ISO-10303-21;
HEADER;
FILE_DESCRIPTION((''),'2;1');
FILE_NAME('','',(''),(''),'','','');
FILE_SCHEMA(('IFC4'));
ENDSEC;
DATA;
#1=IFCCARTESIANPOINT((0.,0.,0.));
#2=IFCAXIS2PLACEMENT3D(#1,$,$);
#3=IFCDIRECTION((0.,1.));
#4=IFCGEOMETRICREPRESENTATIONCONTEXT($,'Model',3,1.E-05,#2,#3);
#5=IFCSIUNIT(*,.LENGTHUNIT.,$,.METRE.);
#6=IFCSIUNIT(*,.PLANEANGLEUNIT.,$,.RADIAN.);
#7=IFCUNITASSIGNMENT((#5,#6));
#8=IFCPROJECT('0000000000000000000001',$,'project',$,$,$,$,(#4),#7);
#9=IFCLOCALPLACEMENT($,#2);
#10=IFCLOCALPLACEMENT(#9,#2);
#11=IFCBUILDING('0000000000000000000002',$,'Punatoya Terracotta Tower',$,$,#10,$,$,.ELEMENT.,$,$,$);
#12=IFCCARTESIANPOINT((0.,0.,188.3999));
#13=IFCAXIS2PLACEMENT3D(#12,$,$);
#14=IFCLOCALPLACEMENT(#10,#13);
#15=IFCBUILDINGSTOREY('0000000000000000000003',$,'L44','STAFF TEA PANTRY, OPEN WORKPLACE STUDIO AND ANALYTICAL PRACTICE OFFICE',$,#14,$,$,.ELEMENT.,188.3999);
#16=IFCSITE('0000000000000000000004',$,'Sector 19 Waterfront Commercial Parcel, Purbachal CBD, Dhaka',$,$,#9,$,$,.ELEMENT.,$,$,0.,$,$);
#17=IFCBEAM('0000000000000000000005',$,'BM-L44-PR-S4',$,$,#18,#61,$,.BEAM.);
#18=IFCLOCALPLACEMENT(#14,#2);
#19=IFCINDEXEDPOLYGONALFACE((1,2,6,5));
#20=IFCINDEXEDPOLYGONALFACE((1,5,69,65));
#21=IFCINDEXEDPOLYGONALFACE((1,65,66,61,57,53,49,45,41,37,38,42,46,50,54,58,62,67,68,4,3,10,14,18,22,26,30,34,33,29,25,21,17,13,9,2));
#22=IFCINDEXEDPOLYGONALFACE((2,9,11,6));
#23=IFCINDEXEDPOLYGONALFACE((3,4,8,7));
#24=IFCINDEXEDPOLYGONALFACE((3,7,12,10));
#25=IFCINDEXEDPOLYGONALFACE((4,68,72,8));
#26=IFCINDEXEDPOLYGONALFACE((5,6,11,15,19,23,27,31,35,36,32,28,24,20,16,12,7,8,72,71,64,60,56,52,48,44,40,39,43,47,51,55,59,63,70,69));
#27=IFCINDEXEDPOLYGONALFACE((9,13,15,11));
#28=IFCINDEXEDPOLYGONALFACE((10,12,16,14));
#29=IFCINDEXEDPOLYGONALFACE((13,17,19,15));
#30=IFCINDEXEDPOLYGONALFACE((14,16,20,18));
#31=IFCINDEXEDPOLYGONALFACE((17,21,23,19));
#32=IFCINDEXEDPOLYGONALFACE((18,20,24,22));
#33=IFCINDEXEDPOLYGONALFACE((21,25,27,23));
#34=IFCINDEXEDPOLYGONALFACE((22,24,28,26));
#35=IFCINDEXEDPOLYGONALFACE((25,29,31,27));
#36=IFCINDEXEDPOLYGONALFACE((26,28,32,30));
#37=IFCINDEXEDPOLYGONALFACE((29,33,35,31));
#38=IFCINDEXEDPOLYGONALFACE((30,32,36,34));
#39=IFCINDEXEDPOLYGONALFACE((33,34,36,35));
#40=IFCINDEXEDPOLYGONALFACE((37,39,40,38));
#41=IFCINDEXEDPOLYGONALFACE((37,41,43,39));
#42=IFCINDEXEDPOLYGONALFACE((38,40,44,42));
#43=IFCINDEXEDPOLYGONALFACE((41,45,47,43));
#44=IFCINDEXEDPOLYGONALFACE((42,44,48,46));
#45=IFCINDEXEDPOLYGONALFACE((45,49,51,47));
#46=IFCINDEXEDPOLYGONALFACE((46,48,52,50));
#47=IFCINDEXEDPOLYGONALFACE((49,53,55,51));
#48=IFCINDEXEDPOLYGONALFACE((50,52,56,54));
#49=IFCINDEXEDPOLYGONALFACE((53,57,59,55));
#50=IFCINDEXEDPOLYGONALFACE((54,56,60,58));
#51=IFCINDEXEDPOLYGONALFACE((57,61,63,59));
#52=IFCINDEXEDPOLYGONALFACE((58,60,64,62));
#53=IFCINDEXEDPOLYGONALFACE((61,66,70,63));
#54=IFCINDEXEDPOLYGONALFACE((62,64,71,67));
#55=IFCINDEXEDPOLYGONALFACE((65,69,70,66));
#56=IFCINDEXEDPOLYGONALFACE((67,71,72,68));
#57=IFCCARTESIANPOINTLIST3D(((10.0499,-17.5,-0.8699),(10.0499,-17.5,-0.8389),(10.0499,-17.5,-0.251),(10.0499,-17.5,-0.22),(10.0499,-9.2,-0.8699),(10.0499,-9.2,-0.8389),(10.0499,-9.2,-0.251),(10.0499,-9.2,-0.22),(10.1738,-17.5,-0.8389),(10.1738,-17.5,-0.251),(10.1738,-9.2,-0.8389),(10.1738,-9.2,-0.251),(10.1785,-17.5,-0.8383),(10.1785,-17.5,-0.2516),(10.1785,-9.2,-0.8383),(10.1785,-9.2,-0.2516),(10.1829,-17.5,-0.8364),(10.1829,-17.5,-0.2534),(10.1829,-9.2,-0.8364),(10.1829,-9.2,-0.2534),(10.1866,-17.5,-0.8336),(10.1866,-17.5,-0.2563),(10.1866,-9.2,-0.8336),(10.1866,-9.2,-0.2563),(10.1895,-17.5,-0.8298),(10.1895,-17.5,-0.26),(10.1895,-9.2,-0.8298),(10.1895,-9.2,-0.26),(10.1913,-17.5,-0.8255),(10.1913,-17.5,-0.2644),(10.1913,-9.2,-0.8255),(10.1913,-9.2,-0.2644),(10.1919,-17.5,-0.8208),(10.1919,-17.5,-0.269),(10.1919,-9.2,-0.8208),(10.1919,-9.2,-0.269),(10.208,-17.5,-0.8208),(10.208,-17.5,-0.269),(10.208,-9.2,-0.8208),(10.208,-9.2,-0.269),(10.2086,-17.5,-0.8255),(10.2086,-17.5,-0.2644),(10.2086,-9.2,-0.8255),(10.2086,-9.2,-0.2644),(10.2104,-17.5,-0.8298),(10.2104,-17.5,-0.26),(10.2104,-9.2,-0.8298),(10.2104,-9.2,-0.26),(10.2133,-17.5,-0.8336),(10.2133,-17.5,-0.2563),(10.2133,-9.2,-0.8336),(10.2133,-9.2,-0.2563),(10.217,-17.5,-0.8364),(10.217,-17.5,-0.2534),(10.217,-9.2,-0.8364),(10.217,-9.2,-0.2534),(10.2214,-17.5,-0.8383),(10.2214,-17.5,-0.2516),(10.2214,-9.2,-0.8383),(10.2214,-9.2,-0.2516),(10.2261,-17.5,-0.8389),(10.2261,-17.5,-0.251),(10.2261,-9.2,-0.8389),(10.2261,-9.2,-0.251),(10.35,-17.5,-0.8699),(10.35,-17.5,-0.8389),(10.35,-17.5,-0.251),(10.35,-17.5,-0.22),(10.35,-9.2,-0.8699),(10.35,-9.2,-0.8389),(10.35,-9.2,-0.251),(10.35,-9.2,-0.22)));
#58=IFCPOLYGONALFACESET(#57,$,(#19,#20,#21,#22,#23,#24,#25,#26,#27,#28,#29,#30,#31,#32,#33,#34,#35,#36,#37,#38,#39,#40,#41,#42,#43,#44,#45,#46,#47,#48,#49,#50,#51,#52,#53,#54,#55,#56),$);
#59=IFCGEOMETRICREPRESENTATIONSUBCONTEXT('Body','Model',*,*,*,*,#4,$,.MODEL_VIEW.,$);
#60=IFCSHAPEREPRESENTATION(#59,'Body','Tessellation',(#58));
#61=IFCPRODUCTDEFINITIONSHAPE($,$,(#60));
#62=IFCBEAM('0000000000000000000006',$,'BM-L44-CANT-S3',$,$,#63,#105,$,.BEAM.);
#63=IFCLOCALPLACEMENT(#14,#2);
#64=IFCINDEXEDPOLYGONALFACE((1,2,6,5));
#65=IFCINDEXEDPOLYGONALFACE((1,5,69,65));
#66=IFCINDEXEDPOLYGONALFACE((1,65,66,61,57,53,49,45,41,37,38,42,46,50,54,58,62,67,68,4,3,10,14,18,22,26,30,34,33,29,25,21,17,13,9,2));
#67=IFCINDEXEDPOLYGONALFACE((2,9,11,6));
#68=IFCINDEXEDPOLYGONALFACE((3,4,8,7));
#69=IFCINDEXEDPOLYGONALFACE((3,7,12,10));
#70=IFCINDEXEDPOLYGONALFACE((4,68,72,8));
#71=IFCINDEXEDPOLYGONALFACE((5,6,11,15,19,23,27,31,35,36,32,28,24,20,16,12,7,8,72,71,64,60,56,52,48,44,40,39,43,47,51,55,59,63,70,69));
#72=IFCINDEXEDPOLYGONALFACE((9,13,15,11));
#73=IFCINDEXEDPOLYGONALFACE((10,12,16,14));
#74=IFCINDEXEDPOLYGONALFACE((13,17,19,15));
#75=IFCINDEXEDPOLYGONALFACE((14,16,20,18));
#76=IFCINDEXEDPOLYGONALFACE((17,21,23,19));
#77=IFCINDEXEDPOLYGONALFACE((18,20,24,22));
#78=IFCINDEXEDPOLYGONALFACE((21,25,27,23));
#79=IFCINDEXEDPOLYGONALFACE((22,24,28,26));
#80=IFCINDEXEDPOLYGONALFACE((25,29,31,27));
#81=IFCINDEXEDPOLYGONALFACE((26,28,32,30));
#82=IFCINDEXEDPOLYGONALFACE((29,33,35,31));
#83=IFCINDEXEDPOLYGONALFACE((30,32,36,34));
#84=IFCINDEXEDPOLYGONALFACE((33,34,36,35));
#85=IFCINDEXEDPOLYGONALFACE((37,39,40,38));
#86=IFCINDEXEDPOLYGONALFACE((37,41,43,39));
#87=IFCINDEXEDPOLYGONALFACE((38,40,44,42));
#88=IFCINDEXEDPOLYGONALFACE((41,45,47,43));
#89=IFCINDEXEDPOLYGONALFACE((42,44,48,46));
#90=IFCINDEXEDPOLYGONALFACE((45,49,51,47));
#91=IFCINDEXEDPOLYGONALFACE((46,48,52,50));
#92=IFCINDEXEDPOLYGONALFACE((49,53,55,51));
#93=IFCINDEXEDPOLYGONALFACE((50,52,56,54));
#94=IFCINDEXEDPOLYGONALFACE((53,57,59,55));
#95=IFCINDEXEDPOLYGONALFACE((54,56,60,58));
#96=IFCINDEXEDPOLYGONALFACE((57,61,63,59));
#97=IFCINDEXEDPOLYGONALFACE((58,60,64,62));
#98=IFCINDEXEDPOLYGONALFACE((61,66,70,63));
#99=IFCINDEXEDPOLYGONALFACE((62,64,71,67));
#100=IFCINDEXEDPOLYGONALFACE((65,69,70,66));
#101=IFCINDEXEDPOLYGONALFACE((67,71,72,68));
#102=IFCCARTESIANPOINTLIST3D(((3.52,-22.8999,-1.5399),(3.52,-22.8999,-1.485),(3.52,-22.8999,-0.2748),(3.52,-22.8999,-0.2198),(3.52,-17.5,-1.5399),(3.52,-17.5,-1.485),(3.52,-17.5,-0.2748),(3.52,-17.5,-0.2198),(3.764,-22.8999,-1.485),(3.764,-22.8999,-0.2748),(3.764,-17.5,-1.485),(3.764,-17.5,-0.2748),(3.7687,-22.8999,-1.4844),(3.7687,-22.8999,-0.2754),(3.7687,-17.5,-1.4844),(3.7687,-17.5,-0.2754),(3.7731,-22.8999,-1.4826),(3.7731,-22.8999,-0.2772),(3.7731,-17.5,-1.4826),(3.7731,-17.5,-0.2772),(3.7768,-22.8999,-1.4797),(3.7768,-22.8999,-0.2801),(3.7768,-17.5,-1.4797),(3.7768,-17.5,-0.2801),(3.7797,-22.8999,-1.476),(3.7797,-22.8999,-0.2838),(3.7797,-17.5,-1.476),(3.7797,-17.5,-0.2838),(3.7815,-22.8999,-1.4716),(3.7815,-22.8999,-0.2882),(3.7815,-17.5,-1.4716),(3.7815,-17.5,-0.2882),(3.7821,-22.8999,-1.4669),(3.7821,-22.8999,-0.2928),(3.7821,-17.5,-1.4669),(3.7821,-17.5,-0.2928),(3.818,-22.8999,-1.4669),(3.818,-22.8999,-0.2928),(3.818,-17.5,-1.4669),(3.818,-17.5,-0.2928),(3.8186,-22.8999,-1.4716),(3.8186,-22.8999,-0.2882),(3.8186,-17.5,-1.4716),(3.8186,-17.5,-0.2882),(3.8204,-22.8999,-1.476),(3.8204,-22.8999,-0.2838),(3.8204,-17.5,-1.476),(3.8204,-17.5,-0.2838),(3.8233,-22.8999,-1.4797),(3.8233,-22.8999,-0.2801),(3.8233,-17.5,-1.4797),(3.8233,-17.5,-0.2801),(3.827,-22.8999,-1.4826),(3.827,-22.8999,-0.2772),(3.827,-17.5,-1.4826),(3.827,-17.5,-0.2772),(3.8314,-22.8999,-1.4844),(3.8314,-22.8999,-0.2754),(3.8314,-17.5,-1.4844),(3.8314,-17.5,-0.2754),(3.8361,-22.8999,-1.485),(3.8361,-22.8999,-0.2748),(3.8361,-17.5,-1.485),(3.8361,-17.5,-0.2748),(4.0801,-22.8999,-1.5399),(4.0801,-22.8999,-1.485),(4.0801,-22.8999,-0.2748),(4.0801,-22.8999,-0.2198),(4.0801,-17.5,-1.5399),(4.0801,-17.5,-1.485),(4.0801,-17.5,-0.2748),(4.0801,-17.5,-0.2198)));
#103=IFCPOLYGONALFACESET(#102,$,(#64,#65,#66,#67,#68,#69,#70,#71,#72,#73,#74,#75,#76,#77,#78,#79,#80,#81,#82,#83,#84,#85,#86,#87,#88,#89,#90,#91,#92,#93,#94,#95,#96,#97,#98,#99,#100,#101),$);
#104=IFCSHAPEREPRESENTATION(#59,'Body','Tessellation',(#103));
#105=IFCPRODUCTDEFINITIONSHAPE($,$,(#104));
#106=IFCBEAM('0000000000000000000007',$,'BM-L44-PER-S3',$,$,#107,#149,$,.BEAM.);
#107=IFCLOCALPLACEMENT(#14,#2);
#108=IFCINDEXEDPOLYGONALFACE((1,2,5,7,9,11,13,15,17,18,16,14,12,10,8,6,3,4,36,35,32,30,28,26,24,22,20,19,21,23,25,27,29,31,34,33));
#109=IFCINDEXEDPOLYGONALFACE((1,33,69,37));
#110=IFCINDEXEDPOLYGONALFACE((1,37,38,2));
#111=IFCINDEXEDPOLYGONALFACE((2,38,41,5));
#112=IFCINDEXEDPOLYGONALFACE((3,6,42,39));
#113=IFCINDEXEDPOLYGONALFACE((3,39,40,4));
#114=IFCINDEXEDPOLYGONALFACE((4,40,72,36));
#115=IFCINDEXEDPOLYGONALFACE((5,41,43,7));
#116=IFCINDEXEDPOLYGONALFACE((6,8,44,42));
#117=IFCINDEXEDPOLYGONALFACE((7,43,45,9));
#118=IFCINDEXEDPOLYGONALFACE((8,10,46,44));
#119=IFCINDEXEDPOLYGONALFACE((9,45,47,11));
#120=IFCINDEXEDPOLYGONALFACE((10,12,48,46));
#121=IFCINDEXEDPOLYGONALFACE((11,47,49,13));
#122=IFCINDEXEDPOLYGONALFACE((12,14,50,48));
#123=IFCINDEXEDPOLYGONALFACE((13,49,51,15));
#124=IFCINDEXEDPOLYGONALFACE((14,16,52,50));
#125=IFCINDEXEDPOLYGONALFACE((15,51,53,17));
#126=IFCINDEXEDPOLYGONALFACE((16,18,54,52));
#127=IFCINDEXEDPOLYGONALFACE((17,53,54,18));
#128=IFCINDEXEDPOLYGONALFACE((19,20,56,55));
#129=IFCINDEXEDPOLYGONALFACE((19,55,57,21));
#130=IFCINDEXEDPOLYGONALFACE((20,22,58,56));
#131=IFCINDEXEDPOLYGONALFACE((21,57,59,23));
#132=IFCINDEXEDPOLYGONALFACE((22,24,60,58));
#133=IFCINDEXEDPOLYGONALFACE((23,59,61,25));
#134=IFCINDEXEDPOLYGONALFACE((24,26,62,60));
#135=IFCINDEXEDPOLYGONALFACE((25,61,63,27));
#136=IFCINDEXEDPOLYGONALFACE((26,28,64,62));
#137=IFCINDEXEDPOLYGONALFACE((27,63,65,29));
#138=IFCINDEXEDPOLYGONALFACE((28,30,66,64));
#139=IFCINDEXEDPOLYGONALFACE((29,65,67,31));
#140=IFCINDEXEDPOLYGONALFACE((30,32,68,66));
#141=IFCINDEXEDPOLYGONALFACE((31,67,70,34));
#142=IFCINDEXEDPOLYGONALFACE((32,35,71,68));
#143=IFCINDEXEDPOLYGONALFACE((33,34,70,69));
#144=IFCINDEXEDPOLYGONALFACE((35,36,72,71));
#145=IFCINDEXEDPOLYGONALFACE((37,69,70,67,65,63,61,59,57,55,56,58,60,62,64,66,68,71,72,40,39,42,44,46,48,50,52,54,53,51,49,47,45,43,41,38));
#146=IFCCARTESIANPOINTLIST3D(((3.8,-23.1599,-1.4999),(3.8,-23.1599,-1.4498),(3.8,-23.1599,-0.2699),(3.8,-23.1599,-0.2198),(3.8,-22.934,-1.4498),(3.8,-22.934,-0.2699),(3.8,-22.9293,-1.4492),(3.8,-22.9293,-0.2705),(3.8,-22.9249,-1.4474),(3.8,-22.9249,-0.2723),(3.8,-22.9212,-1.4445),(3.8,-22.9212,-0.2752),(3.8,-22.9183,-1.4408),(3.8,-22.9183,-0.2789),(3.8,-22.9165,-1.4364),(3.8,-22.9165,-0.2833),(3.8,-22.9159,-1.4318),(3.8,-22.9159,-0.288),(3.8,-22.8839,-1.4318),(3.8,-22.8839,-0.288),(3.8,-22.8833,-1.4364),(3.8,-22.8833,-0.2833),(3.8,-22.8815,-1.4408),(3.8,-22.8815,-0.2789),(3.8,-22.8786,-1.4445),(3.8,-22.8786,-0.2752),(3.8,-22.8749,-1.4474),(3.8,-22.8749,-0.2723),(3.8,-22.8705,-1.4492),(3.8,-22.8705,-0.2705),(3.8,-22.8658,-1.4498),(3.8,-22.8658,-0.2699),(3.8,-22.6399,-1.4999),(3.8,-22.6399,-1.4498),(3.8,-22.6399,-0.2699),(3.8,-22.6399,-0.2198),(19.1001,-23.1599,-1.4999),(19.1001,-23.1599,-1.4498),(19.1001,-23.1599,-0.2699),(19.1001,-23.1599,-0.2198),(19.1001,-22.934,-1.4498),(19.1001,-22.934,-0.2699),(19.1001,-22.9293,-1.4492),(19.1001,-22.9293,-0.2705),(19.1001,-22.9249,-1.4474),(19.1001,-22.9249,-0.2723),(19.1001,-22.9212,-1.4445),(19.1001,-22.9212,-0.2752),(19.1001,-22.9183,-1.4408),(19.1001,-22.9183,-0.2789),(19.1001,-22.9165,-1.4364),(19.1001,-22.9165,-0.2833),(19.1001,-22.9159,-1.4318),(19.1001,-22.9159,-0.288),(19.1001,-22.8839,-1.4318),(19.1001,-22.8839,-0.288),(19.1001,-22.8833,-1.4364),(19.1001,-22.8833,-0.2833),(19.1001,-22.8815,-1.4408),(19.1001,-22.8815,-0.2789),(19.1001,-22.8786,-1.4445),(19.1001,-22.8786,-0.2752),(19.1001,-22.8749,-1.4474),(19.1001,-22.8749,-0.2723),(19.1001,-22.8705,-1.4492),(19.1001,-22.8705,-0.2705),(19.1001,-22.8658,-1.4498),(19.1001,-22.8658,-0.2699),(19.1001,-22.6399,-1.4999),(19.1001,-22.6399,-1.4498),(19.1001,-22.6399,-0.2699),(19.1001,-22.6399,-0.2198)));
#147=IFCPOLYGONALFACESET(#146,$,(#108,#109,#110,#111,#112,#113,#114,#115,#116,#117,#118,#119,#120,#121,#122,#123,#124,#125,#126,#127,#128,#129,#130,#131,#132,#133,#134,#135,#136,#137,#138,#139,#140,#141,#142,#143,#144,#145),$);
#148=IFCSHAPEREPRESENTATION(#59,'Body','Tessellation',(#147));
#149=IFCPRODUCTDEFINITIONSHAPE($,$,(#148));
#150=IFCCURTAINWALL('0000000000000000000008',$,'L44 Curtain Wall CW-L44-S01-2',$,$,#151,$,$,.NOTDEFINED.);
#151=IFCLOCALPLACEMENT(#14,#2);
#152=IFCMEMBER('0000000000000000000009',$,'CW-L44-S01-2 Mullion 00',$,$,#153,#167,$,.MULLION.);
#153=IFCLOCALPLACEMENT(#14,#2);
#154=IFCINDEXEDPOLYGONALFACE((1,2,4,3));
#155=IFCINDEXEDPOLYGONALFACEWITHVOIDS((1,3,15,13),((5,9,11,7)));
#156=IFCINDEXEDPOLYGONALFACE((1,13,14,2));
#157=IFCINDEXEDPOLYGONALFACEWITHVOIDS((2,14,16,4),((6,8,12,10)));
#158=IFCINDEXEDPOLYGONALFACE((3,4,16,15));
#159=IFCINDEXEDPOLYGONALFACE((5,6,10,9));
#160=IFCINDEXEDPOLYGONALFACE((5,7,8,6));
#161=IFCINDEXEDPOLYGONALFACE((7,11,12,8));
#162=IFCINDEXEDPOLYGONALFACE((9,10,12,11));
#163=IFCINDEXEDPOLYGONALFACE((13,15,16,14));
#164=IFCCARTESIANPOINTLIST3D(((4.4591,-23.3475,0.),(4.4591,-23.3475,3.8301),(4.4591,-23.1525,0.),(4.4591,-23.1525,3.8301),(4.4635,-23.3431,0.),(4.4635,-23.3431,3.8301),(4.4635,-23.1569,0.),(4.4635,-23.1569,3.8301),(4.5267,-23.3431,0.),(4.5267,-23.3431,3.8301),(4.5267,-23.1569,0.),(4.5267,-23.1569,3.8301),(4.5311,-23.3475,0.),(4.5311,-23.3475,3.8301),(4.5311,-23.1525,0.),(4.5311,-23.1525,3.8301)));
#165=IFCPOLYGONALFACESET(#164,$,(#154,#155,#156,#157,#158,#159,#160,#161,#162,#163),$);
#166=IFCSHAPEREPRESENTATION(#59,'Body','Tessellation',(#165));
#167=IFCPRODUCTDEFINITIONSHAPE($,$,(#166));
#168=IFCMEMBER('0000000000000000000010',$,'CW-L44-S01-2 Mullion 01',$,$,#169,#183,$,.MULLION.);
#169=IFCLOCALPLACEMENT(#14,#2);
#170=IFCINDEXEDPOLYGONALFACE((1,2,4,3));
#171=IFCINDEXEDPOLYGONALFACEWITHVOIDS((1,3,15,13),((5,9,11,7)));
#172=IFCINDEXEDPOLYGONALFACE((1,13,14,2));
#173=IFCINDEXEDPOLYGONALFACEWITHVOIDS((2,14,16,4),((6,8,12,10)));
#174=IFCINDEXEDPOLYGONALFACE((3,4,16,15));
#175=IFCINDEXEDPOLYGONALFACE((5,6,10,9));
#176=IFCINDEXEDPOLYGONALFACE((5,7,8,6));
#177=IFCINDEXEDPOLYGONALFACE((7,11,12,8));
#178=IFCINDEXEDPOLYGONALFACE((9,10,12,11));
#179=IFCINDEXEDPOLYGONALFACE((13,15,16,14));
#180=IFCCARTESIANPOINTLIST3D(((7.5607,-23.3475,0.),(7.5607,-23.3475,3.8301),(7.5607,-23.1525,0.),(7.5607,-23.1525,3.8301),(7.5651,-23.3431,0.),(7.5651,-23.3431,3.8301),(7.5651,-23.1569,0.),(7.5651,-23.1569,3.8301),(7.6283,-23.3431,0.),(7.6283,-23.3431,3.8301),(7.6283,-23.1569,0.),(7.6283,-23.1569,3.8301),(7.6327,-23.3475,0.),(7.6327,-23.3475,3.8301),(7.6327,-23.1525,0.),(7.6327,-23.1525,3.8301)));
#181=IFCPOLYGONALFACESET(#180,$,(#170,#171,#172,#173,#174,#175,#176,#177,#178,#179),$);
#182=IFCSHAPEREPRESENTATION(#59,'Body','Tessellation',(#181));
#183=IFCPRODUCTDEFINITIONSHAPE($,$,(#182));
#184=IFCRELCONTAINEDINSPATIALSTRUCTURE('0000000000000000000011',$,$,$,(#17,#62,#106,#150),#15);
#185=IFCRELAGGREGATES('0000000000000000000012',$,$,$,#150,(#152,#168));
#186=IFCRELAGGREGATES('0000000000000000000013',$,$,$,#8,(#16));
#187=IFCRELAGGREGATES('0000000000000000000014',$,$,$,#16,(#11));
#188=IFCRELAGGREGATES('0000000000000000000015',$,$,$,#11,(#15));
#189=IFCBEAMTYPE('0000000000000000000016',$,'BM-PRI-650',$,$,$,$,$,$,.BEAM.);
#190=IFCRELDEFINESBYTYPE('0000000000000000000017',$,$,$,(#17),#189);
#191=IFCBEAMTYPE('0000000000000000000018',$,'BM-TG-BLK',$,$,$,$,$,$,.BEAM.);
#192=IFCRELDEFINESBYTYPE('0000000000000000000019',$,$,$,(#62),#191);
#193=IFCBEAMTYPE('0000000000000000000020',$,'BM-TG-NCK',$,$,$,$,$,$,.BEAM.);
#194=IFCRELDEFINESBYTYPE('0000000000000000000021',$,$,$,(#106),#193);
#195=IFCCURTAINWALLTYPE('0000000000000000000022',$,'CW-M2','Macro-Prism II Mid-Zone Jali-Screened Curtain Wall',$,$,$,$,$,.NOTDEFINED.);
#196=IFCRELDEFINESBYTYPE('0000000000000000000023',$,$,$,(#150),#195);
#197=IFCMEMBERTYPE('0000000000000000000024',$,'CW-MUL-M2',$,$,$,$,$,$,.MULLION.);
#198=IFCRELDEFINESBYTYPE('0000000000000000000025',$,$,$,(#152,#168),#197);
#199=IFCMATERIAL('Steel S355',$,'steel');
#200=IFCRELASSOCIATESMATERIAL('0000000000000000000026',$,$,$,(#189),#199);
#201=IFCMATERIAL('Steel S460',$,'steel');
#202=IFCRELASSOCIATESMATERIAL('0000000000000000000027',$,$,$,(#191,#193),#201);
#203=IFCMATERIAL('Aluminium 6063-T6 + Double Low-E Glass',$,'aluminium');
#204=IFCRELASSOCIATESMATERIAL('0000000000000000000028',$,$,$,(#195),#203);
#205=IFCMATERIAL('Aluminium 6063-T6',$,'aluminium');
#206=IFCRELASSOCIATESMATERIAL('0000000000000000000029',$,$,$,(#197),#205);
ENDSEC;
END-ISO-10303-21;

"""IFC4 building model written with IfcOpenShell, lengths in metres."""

from ifc_helpers import new_model, si_unit, direction, frame, origin, origin_2d, place, context, subcontext, project, spatial, hollow_rectangle, i_section, extrude, material, material_profile, profile_set, type_object, element, aggregate, save


model = new_model("IFC4")

# Units and contexts
model_context = context("Model", 3, precision=1e-05, world=origin(), true_north=direction((0.0, 1.0)))
body_context = subcontext(model_context, "Body", "Model", "MODEL_VIEW")
ifc_project = project(units=[si_unit("LENGTHUNIT", "METRE"), si_unit("PLANEANGLEUNIT", "RADIAN")], contexts=[model_context])

# Site, building, storey
site_placement = place(None, origin())
site = spatial("IfcSite", under=ifc_project, at=site_placement, Name="Sector 19 Waterfront Commercial Parcel, Purbachal CBD, Dhaka", CompositionType="ELEMENT", RefElevation=0.0)
building_placement = place(site_placement, origin())
building = spatial("IfcBuilding", under=site, at=building_placement, Name="Punatoya Terracotta Tower", CompositionType="ELEMENT")
storey_placement = place(building_placement, frame((0.0, 0.0, 188.3999)))
storey = spatial("IfcBuildingStorey", under=building, at=storey_placement, Name="L44", Description="STAFF TEA PANTRY, OPEN WORKPLACE STUDIO AND ANALYTICAL PRACTICE OFFICE", CompositionType="ELEMENT", Elevation=188.3999)

# Shared definitions
ifc_material_1 = material(Name="Steel S460", Category="steel")

# Beams
ifc_material_2 = material(Name="Steel S355", Category="steel")
ifc_material_profile_1 = material_profile(ifc_material_2, i_section(OverallWidth=0.3, OverallDepth=0.6499, WebThickness=0.0161, FlangeThickness=0.031, FilletRadius=0.0181, at=origin_2d()))
ifc_profile_set_1 = profile_set([ifc_material_profile_1], Name="Steel S355")
beam_type_1 = type_object("IfcBeamType", Name="BM-PRI-650", PredefinedType="BEAM", material=ifc_profile_set_1)
for number, where, z_axis, x_axis, name in (
    (1, (10.2, -17.5, -0.5449), (0.0, 1.0, 0.0), (-1.0, 0.0, 0.0), "BM-L44-PR-S4"),
):
    element("IfcBeam", number, at=place(storey_placement, frame(where, z_axis=z_axis, x_axis=x_axis)), inside=storey, type_object=beam_type_1, Name=name, PredefinedType="BEAM", context=body_context, shape_type="SweptSolid", body=[
        extrude(i_section(OverallWidth=0.3, OverallDepth=0.6499, WebThickness=0.0161, FlangeThickness=0.031, FilletRadius=0.0181, at=origin_2d()), origin(), (0.0, 0.0, 1.0), 8.3),
    ])
ifc_material_profile_2 = material_profile(ifc_material_1, i_section(OverallWidth=0.5601, OverallDepth=1.3201, WebThickness=0.0359, FlangeThickness=0.0549, FilletRadius=0.0181, at=origin_2d()))
ifc_profile_set_2 = profile_set([ifc_material_profile_2], Name="Steel S460")
beam_type_2 = type_object("IfcBeamType", Name="BM-TG-BLK", PredefinedType="BEAM", material=ifc_profile_set_2)
beam_1_placement = place(storey_placement, frame((3.8, -22.8999, -0.8799), z_axis=(0.0, 1.0, 0.0), x_axis=(-1.0, 0.0, 0.0)))
element("IfcBeam", 2, at=beam_1_placement, inside=storey, type_object=beam_type_2, Name="BM-L44-CANT-S3", PredefinedType="BEAM", context=body_context, shape_type="SweptSolid", body=[
    extrude(i_section(OverallWidth=0.5601, OverallDepth=1.3201, WebThickness=0.0359, FlangeThickness=0.0549, FilletRadius=0.0181, at=origin_2d()), origin(), (0.0, 0.0, 1.0), 5.3999),
])
ifc_material_profile_3 = material_profile(ifc_material_1, i_section(OverallWidth=0.52, OverallDepth=1.28, WebThickness=0.032, FlangeThickness=0.05, FilletRadius=0.0181, at=origin_2d()))
ifc_profile_set_3 = profile_set([ifc_material_profile_3], Name="Steel S460")
beam_type_3 = type_object("IfcBeamType", Name="BM-TG-NCK", PredefinedType="BEAM", material=ifc_profile_set_3)
beam_2_placement = place(storey_placement, frame((3.8, -22.8999, -0.8599), z_axis=(1.0, 0.0, 0.0), x_axis=(0.0, 1.0, 0.0)))
element("IfcBeam", 3, at=beam_2_placement, inside=storey, type_object=beam_type_3, Name="BM-L44-PER-S3", PredefinedType="BEAM", context=body_context, shape_type="SweptSolid", body=[
    extrude(i_section(OverallWidth=0.52, OverallDepth=1.28, WebThickness=0.032, FlangeThickness=0.05, FilletRadius=0.0181, at=origin_2d()), origin(), (0.0, 0.0, 1.0), 15.3),
])

# Curtain wall, members
ifc_material_3 = material(Name="Aluminium 6063-T6 + Double Low-E Glass", Category="aluminium")
curtain_wall_type = type_object("IfcCurtainWallType", Name="CW-M2", Description="Macro-Prism II Mid-Zone Jali-Screened Curtain Wall", PredefinedType="NOTDEFINED", material=ifc_material_3)
curtain_wall_placement = place(storey_placement, origin())
curtain_wall = element("IfcCurtainWall", 4, at=curtain_wall_placement, inside=storey, type_object=curtain_wall_type, Name="L44 Curtain Wall CW-L44-S01-2", PredefinedType="NOTDEFINED")
ifc_material_4 = material(Name="Aluminium 6063-T6", Category="aluminium")
ifc_material_profile_4 = material_profile(ifc_material_4, hollow_rectangle(XDim=0.072, YDim=0.1951, WallThickness=0.0044, at=origin_2d()))
ifc_profile_set_4 = profile_set([ifc_material_profile_4], Name="Aluminium 6063-T6")
member_type_1 = type_object("IfcMemberType", Name="CW-MUL-M2", PredefinedType="MULLION", material=ifc_profile_set_4)
member_1_placement = place(storey_placement, frame((4.4951, -23.25, 0.0), z_axis=(0.0, 0.0, 1.0), x_axis=(1.0, 0.0, 0.0)))
member_1 = element("IfcMember", 5, at=member_1_placement, type_object=member_type_1, Name="CW-L44-S01-2 Mullion 00", PredefinedType="MULLION", context=body_context, shape_type="SweptSolid", body=[
    extrude(hollow_rectangle(XDim=0.072, YDim=0.1951, WallThickness=0.0044, at=origin_2d()), origin(), (0.0, 0.0, 1.0), 3.8301),
])
member_2_placement = place(storey_placement, frame((7.5967, -23.25, 0.0), z_axis=(0.0, 0.0, 1.0), x_axis=(1.0, 0.0, 0.0)))
member_2 = element("IfcMember", 6, at=member_2_placement, type_object=member_type_1, Name="CW-L44-S01-2 Mullion 01", PredefinedType="MULLION", context=body_context, shape_type="SweptSolid", body=[
    extrude(hollow_rectangle(XDim=0.072, YDim=0.1951, WallThickness=0.0044, at=origin_2d()), origin(), (0.0, 0.0, 1.0), 3.8301),
])

aggregate(curtain_wall, [member_1, member_2])

save(model, "model.ifc")
